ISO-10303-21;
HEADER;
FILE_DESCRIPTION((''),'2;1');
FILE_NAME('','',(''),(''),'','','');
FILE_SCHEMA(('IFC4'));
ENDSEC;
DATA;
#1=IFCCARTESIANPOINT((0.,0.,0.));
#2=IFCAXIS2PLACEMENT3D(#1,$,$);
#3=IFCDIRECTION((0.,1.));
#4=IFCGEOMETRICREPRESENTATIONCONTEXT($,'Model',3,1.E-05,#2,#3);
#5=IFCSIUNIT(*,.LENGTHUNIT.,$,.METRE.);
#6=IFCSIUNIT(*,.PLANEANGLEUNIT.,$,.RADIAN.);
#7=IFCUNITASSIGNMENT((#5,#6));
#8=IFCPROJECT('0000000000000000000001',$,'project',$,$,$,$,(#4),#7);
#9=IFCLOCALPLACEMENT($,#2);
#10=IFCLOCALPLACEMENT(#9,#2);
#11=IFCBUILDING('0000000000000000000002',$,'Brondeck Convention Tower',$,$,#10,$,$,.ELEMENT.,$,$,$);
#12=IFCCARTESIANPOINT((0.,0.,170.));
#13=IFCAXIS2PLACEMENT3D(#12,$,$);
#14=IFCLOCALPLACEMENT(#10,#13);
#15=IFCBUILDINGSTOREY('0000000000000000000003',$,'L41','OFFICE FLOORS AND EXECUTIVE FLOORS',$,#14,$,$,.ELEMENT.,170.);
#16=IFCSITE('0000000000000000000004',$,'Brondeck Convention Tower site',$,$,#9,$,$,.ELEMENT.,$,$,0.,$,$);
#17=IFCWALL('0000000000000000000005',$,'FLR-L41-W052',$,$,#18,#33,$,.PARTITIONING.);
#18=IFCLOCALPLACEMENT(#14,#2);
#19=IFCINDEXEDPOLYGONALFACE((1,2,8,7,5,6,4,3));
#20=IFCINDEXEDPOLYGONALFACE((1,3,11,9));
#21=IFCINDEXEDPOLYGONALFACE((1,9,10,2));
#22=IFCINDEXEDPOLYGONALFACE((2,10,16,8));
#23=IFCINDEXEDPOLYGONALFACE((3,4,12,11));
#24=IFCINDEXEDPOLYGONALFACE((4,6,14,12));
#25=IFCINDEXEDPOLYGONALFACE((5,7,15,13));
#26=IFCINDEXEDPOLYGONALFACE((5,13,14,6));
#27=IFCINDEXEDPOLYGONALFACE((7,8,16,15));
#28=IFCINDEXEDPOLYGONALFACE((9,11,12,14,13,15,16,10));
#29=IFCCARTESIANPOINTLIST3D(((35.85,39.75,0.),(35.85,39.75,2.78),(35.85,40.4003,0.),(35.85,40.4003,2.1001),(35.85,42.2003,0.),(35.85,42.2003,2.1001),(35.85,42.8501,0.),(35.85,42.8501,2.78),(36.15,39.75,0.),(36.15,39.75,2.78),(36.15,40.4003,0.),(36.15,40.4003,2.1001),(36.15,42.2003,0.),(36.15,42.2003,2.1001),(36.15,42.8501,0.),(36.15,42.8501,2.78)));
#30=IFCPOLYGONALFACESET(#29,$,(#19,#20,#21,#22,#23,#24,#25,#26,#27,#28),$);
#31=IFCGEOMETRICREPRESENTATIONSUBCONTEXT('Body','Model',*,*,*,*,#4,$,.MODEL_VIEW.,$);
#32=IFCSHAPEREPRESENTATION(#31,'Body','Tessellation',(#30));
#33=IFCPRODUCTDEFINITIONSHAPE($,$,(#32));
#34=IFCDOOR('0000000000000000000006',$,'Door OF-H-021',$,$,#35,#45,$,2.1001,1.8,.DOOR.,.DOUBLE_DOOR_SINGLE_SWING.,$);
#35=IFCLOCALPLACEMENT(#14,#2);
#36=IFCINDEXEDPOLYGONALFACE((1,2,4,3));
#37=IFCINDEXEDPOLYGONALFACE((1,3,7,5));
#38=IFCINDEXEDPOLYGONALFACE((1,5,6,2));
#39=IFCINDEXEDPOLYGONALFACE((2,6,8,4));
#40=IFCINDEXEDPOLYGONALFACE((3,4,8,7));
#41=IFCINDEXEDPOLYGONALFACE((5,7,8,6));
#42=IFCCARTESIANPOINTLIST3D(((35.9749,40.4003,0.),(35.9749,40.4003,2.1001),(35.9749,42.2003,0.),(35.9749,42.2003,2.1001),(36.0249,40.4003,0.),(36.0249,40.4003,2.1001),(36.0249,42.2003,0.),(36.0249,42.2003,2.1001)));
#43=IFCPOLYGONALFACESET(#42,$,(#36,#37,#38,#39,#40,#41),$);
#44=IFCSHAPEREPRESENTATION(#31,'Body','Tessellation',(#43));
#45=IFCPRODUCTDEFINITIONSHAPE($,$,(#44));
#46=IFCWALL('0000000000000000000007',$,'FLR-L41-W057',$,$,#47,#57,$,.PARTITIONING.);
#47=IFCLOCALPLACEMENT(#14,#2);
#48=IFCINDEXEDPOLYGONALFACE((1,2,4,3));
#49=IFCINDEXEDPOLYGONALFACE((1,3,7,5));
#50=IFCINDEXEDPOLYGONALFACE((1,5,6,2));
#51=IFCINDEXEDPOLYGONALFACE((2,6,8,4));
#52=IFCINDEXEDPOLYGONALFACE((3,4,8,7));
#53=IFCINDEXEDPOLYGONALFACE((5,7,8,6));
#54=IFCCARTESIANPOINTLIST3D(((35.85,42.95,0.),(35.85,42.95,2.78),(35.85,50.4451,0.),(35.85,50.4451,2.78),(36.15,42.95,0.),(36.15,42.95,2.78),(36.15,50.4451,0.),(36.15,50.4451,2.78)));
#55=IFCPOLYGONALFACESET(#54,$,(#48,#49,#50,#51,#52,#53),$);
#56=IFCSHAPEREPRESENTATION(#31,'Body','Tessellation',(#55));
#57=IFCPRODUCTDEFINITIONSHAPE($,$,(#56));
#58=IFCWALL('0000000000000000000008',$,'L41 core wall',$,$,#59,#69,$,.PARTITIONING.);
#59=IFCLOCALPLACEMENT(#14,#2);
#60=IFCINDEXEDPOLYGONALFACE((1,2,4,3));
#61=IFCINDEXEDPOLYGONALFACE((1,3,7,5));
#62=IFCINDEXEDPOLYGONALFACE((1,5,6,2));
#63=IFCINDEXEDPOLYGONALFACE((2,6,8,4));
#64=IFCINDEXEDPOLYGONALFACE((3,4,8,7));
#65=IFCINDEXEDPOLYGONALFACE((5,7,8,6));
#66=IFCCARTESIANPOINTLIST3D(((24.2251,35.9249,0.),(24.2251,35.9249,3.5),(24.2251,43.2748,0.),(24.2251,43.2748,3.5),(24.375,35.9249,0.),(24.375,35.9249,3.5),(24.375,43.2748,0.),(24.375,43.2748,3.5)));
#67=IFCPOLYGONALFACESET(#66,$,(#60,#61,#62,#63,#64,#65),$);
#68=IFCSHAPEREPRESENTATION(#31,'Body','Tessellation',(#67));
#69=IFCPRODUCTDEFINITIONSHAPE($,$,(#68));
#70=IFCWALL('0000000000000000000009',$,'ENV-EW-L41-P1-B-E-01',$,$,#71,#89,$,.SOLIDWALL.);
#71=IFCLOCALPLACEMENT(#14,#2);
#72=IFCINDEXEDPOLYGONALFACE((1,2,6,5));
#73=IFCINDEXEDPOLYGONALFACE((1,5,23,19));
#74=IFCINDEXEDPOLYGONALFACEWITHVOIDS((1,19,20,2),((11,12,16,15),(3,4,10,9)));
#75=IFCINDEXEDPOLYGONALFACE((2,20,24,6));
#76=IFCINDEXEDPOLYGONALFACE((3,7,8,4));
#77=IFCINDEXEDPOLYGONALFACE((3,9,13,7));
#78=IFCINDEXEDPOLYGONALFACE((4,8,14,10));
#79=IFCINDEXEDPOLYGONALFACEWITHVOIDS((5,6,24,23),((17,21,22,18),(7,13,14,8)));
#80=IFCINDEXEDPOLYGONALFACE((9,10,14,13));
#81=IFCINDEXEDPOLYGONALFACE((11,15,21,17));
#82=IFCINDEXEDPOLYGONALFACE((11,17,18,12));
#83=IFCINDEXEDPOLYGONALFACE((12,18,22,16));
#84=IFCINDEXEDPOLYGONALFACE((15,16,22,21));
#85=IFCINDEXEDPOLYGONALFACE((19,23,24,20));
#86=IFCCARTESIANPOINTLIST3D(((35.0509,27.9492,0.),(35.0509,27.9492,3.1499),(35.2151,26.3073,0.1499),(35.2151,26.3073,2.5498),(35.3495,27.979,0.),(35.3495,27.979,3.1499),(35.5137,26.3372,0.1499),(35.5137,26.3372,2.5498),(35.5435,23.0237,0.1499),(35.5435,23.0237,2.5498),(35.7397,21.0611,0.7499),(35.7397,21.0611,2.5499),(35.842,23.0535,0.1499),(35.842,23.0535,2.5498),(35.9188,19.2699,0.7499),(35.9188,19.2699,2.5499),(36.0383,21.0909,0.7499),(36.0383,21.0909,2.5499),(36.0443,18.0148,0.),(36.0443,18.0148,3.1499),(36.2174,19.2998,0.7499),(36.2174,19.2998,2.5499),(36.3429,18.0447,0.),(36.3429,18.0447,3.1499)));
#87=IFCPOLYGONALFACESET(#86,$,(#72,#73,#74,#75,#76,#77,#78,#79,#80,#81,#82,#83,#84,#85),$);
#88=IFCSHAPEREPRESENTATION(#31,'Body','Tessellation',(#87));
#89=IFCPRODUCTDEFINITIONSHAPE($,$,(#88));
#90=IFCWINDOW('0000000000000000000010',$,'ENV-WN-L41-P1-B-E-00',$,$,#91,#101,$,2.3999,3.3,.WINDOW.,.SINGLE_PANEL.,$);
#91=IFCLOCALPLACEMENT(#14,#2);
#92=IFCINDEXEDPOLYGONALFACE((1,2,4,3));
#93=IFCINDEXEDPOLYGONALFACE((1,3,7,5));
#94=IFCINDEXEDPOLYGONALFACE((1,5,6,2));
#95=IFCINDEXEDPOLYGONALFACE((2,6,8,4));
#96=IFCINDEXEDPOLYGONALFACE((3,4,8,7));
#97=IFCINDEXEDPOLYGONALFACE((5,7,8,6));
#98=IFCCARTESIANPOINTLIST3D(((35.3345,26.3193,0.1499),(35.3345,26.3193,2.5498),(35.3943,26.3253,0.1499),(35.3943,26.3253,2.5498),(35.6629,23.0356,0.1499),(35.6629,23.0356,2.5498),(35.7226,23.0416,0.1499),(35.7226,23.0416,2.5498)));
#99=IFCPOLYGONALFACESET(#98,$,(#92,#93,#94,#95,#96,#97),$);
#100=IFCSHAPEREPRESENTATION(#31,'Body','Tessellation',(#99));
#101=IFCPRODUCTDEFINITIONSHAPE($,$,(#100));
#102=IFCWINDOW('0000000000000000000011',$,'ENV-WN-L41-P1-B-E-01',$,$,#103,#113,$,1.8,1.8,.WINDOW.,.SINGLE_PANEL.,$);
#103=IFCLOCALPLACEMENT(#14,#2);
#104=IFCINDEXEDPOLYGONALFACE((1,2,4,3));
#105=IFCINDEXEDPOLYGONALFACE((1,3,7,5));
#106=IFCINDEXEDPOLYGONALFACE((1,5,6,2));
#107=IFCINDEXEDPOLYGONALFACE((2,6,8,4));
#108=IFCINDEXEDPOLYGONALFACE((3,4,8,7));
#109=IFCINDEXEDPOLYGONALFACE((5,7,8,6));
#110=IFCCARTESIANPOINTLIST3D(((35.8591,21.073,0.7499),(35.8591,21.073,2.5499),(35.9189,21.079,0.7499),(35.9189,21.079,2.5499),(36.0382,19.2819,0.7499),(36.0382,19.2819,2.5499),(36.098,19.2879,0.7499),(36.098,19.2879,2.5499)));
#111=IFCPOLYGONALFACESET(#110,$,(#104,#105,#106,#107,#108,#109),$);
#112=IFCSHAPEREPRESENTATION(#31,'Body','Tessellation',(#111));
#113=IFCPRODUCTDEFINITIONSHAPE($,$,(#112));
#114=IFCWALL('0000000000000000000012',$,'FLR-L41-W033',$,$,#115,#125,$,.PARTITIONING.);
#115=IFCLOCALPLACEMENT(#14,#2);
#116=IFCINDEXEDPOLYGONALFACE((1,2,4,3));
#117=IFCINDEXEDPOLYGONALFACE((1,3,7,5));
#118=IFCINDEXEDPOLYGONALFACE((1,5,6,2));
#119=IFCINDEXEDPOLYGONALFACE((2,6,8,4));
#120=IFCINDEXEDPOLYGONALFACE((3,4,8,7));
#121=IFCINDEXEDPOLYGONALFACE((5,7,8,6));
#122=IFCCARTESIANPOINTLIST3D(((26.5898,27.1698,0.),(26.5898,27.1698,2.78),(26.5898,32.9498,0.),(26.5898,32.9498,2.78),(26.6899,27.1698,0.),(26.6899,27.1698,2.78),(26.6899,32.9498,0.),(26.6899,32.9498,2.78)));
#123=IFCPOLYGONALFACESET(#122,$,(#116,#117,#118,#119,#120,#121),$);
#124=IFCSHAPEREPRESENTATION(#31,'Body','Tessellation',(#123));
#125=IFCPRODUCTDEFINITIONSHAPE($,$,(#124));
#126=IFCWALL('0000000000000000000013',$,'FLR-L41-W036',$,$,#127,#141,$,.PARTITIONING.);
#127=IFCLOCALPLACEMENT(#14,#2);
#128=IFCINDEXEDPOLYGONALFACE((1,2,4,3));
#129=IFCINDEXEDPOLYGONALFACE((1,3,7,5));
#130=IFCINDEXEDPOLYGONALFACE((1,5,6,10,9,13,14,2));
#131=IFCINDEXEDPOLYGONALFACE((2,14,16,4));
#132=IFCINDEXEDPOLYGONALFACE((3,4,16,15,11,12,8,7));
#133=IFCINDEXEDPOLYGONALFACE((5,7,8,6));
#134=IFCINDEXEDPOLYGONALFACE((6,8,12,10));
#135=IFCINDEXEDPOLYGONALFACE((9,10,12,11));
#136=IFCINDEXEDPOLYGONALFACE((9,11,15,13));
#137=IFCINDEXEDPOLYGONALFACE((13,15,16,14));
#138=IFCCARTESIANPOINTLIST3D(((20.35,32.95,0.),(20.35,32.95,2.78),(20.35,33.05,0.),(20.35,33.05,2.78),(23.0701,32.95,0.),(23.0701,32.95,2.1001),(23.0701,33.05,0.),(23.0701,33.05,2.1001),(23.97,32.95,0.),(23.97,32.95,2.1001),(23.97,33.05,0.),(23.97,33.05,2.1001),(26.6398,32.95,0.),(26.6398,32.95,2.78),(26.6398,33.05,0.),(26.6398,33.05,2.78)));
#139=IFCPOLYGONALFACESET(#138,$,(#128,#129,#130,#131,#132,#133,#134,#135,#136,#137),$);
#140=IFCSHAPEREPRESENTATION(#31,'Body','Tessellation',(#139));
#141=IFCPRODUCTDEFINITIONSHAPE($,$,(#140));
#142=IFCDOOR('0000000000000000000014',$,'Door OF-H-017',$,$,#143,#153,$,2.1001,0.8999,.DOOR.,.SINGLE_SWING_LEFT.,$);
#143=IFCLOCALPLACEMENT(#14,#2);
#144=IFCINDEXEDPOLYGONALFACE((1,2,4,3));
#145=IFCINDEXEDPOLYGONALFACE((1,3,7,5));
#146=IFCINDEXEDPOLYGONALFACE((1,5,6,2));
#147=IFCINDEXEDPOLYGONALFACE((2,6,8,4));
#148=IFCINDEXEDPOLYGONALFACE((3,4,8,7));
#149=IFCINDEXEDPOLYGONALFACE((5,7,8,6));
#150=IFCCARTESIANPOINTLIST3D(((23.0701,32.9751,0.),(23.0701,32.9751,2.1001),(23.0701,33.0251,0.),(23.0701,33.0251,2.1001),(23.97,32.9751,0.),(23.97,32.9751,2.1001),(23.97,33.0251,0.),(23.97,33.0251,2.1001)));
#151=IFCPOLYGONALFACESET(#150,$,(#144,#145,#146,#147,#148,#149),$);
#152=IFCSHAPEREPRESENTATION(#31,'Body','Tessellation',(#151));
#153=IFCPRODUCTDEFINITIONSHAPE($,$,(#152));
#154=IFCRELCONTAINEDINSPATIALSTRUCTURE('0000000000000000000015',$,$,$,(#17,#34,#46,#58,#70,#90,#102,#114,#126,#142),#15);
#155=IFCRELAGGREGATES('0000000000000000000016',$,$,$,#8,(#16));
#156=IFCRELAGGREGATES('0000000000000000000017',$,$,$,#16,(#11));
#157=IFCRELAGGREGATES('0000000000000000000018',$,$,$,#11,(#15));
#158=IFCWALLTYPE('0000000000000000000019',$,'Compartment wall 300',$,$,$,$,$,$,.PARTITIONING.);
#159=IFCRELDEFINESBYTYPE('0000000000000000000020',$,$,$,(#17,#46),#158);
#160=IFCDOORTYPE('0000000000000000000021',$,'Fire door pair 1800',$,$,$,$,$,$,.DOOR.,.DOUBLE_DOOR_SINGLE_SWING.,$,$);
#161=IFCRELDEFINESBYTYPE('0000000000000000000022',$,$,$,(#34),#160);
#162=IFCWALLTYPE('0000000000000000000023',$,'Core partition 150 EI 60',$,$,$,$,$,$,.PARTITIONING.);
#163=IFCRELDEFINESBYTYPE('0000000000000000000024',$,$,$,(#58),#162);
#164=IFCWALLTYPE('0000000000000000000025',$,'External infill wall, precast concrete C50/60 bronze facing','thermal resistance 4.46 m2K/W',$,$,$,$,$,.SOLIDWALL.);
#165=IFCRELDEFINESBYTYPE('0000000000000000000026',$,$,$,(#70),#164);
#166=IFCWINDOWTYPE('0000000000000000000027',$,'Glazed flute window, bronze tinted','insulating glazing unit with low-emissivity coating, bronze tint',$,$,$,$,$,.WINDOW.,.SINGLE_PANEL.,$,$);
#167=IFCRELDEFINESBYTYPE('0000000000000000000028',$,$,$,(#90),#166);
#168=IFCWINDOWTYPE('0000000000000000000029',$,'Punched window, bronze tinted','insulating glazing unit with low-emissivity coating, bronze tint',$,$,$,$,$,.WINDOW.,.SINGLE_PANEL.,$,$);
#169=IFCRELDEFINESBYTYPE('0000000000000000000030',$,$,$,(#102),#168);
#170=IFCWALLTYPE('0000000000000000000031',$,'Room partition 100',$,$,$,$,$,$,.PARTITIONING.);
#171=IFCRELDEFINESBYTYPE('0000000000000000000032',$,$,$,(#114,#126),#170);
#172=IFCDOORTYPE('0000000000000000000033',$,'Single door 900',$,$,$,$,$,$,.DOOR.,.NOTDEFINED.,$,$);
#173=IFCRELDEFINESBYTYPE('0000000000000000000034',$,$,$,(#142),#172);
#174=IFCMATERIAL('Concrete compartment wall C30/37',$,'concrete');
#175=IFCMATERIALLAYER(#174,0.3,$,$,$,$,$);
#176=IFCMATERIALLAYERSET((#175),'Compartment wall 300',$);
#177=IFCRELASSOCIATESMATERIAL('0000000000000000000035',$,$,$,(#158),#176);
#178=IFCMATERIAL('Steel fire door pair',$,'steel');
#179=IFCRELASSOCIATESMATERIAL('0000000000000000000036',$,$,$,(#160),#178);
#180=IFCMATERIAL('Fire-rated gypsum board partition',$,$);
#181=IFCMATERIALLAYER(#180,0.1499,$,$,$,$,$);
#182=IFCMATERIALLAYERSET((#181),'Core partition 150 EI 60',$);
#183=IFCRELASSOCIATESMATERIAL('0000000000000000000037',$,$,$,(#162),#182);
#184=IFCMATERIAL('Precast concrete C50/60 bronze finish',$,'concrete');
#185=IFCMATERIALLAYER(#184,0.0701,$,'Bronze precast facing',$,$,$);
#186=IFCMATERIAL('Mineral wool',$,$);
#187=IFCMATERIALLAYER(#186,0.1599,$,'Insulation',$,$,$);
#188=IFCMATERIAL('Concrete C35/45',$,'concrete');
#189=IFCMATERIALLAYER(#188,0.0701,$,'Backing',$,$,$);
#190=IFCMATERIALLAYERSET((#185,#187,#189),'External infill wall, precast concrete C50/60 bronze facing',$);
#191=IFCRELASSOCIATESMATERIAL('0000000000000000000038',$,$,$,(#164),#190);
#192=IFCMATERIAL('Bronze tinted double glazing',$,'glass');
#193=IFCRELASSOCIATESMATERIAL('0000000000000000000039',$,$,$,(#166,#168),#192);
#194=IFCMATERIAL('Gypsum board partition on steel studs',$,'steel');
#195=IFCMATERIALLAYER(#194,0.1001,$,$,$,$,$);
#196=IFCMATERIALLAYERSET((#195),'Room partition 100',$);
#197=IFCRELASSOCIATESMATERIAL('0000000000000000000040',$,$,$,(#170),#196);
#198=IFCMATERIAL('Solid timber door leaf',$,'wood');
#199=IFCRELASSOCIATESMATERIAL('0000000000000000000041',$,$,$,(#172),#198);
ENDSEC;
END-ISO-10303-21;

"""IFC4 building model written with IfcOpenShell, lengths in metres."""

from ifc_helpers import new_model, si_unit, direction, frame, frame_2d, origin, place, context, subcontext, project, spatial, rectangle, extrude, material, layer, layer_set, type_object, element, fill, save


model = new_model("IFC4")

# Units and contexts
model_context = context("Model", 3, precision=1e-05, world=origin(), true_north=direction((0.0, 1.0)))
body_context = subcontext(model_context, "Body", "Model", "MODEL_VIEW")
ifc_project = project(units=[si_unit("LENGTHUNIT", "METRE"), si_unit("PLANEANGLEUNIT", "RADIAN")], contexts=[model_context])

# Site, building, storey
site_placement = place(None, origin())
site = spatial("IfcSite", under=ifc_project, at=site_placement, Name="Brondeck Convention Tower site", CompositionType="ELEMENT", RefElevation=0.0)
building_placement = place(site_placement, origin())
building = spatial("IfcBuilding", under=site, at=building_placement, Name="Brondeck Convention Tower", CompositionType="ELEMENT")
storey_placement = place(building_placement, frame((0.0, 0.0, 170.0)))
storey = spatial("IfcBuildingStorey", under=building, at=storey_placement, Name="L41", Description="OFFICE FLOORS AND EXECUTIVE FLOORS", CompositionType="ELEMENT", Elevation=170.0)

# Shared definitions
ifc_material_1 = material(Name="Concrete compartment wall C30/37", Category="concrete")
ifc_layer_1 = layer(ifc_material_1, 0.3)
ifc_layer_set_1 = layer_set([ifc_layer_1], Name="Compartment wall 300")
wall_type_1 = type_object("IfcWallType", Name="Compartment wall 300", PredefinedType="PARTITIONING", material=ifc_layer_set_1)

# Wall, opening, door
wall_1_placement = place(storey_placement, frame((36.0, 42.8501, 0.0), z_axis=(0.0, 0.0, 1.0), x_axis=(0.0, -1.0, 0.0)))
wall_1 = element("IfcWall", 1, at=wall_1_placement, inside=storey, type_object=wall_type_1, Name="FLR-L41-W052", PredefinedType="PARTITIONING", context=body_context, shape_type="SweptSolid", body=[
    extrude(rectangle(XDim=3.1001, YDim=0.3, at=frame_2d((1.55, 0.0))), origin(), (0.0, 0.0, 1.0), 2.78),
])
opening_1_placement = place(wall_1_placement, frame((0.6499, 0.0, 0.0)))
opening_1 = element("IfcOpeningElement", 2, at=opening_1_placement, cuts=wall_1, PredefinedType="OPENING", context=body_context, shape_type="SweptSolid", body=[
    extrude(rectangle(XDim=1.8, YDim=2.1001, at=frame_2d((0.8999, 1.05))), frame((0.0, 0.1599, 0.0), z_axis=(0.0, -1.0, 0.0), x_axis=(1.0, 0.0, 0.0)), (0.0, 0.0, 1.0), 0.3201),
])
ifc_material_2 = material(Name="Steel fire door pair", Category="steel")
door_type_1 = type_object("IfcDoorType", Name="Fire door pair 1800", OperationType="DOUBLE_DOOR_SINGLE_SWING", PredefinedType="DOOR", material=ifc_material_2)
door_1_placement = place(opening_1_placement, origin())
door_1 = element("IfcDoor", 3, at=door_1_placement, inside=storey, type_object=door_type_1, Name="Door OF-H-021", OperationType="DOUBLE_DOOR_SINGLE_SWING", OverallHeight=2.1001, OverallWidth=1.8, PredefinedType="DOOR", context=body_context, shape_type="SweptSolid", body=[
    extrude(rectangle(XDim=1.8, YDim=2.1001, at=frame_2d((0.8999, 1.05))), frame((0.0, 0.0249, 0.0), z_axis=(0.0, -1.0, 0.0), x_axis=(1.0, 0.0, 0.0)), (0.0, 0.0, 1.0), 0.05),
])
fill(opening_1, door_1)

# Walls
wall_2_placement = place(storey_placement, frame((36.0, 42.95, 0.0), z_axis=(0.0, 0.0, 1.0), x_axis=(0.0, 1.0, 0.0)))
element("IfcWall", 4, at=wall_2_placement, inside=storey, type_object=wall_type_1, Name="FLR-L41-W057", PredefinedType="PARTITIONING", context=body_context, shape_type="SweptSolid", body=[
    extrude(rectangle(XDim=7.4951, YDim=0.3, at=frame_2d((3.7476, 0.0))), origin(), (0.0, 0.0, 1.0), 2.78),
])
ifc_material_3 = material(Name="Fire-rated gypsum board partition")
ifc_layer_2 = layer(ifc_material_3, 0.1499)
ifc_layer_set_2 = layer_set([ifc_layer_2], Name="Core partition 150 EI 60")
wall_type_2 = type_object("IfcWallType", Name="Core partition 150 EI 60", PredefinedType="PARTITIONING", material=ifc_layer_set_2)
wall_3_placement = place(storey_placement, frame((24.3, 35.925, 0.0), z_axis=(0.0, 0.0, 1.0), x_axis=(0.0, 1.0, 0.0)))
element("IfcWall", 5, at=wall_3_placement, inside=storey, type_object=wall_type_2, Name="L41 core wall", PredefinedType="PARTITIONING", context=body_context, shape_type="SweptSolid", body=[
    extrude(rectangle(XDim=7.3499, YDim=0.1499, at=frame_2d((3.6748, 0.0))), origin(), (0.0, 0.0, 1.0), 3.5),
])

# Wall, openings, windows
ifc_material_4 = material(Name="Precast concrete C50/60 bronze finish", Category="concrete")
ifc_layer_3 = layer(ifc_material_4, 0.0701, Name="Bronze precast facing")
ifc_material_5 = material(Name="Mineral wool")
ifc_layer_4 = layer(ifc_material_5, 0.1599, Name="Insulation")
ifc_material_6 = material(Name="Concrete C35/45", Category="concrete")
ifc_layer_5 = layer(ifc_material_6, 0.0701, Name="Backing")
ifc_layer_set_3 = layer_set([ifc_layer_3, ifc_layer_4, ifc_layer_5], Name="External infill wall, precast concrete C50/60 bronze facing")
wall_type_3 = type_object("IfcWallType", Name="External infill wall, precast concrete C50/60 bronze facing", Description="thermal resistance 4.46 m2K/W", PredefinedType="SOLIDWALL", material=ifc_layer_set_3)
wall_4_placement = place(storey_placement, frame((35.2002, 27.9641, 0.0), z_axis=(0.0, 0.0, 1.0), x_axis=(0.099501, -0.995037, 0.0)))
wall_4 = element("IfcWall", 6, at=wall_4_placement, inside=storey, type_object=wall_type_3, Name="ENV-EW-L41-P1-B-E-01", PredefinedType="SOLIDWALL", context=body_context, shape_type="SweptSolid", body=[
    extrude(rectangle(XDim=9.9839, YDim=0.3, at=frame_2d((4.9919, 0.0))), origin(), (0.0, 0.0, 1.0), 3.1499),
])
opening_2_placement = place(wall_4_placement, frame((1.6501, 0.0, 0.1499)))
opening_2 = element("IfcOpeningElement", 7, at=opening_2_placement, cuts=wall_4, PredefinedType="OPENING", context=body_context, shape_type="SweptSolid", body=[
    extrude(rectangle(XDim=3.3, YDim=2.3999, at=frame_2d((1.6499, 1.2))), frame((0.0, 0.1599, 0.0), z_axis=(0.0, -1.0, 0.0), x_axis=(1.0, 0.0, 0.0)), (0.0, 0.0, 1.0), 0.3201),
])
opening_3_placement = place(wall_4_placement, frame((6.9226, 0.0, 0.75)))
opening_3 = element("IfcOpeningElement", 8, at=opening_3_placement, cuts=wall_4, PredefinedType="OPENING", context=body_context, shape_type="SweptSolid", body=[
    extrude(rectangle(XDim=1.8, YDim=1.8, at=frame_2d((0.8999, 0.8999))), frame((0.0, 0.1599, 0.0), z_axis=(0.0, -1.0, 0.0), x_axis=(1.0, 0.0, 0.0)), (0.0, 0.0, 1.0), 0.3201),
])
ifc_material_7 = material(Name="Bronze tinted double glazing", Category="glass")
window_type_1 = type_object("IfcWindowType", Name="Glazed flute window, bronze tinted", Description="insulating glazing unit with low-emissivity coating, bronze tint", PartitioningType="SINGLE_PANEL", PredefinedType="WINDOW", material=ifc_material_7)
window_1_placement = place(opening_2_placement, origin())
window_1 = element("IfcWindow", 9, at=window_1_placement, inside=storey, type_object=window_type_1, Name="ENV-WN-L41-P1-B-E-00", OverallHeight=2.3999, OverallWidth=3.3, PartitioningType="SINGLE_PANEL", PredefinedType="WINDOW", context=body_context, shape_type="SweptSolid", body=[
    extrude(rectangle(XDim=3.3, YDim=2.3999, at=frame_2d((1.6499, 1.2))), frame((0.0, 0.03, 0.0), z_axis=(0.0, -1.0, 0.0), x_axis=(1.0, 0.0, 0.0)), (0.0, 0.0, 1.0), 0.0601),
])
fill(opening_2, window_1)
window_type_2 = type_object("IfcWindowType", Name="Punched window, bronze tinted", Description="insulating glazing unit with low-emissivity coating, bronze tint", PartitioningType="SINGLE_PANEL", PredefinedType="WINDOW", material=ifc_material_7)
window_2_placement = place(opening_3_placement, origin())
window_2 = element("IfcWindow", 10, at=window_2_placement, inside=storey, type_object=window_type_2, Name="ENV-WN-L41-P1-B-E-01", OverallHeight=1.8, OverallWidth=1.8, PartitioningType="SINGLE_PANEL", PredefinedType="WINDOW", context=body_context, shape_type="SweptSolid", body=[
    extrude(rectangle(XDim=1.8, YDim=1.8, at=frame_2d((0.8999, 0.8999))), frame((0.0, 0.03, 0.0), z_axis=(0.0, -1.0, 0.0), x_axis=(1.0, 0.0, 0.0)), (0.0, 0.0, 1.0), 0.0601),
])
fill(opening_3, window_2)

# Wall
ifc_material_8 = material(Name="Gypsum board partition on steel studs", Category="steel")
ifc_layer_6 = layer(ifc_material_8, 0.1001)
ifc_layer_set_4 = layer_set([ifc_layer_6], Name="Room partition 100")
wall_type_4 = type_object("IfcWallType", Name="Room partition 100", PredefinedType="PARTITIONING", material=ifc_layer_set_4)
wall_5_placement = place(storey_placement, frame((26.6399, 32.95, 0.0), z_axis=(0.0, 0.0, 1.0), x_axis=(0.0, -1.0, 0.0)))
element("IfcWall", 11, at=wall_5_placement, inside=storey, type_object=wall_type_4, Name="FLR-L41-W033", PredefinedType="PARTITIONING", context=body_context, shape_type="SweptSolid", body=[
    extrude(rectangle(XDim=5.78, YDim=0.1001, at=frame_2d((2.8901, 0.0))), origin(), (0.0, 0.0, 1.0), 2.78),
])

# Wall, opening, door
wall_6_placement = place(storey_placement, frame((26.6399, 33.0, 0.0), z_axis=(0.0, 0.0, 1.0), x_axis=(-1.0, 0.0, 0.0)))
wall_6 = element("IfcWall", 12, at=wall_6_placement, inside=storey, type_object=wall_type_4, Name="FLR-L41-W036", PredefinedType="PARTITIONING", context=body_context, shape_type="SweptSolid", body=[
    extrude(rectangle(XDim=6.2898, YDim=0.1001, at=frame_2d((3.145, 0.0))), origin(), (0.0, 0.0, 1.0), 2.78),
])
opening_4_placement = place(wall_6_placement, frame((2.6699, 0.0, 0.0)))
opening_4 = element("IfcOpeningElement", 13, at=opening_4_placement, cuts=wall_6, PredefinedType="OPENING", context=body_context, shape_type="SweptSolid", body=[
    extrude(rectangle(XDim=0.8999, YDim=2.1001, at=frame_2d((0.45, 1.05))), frame((0.0, 0.0601, 0.0), z_axis=(0.0, -1.0, 0.0), x_axis=(1.0, 0.0, 0.0)), (0.0, 0.0, 1.0), 0.1201),
])
ifc_material_9 = material(Name="Solid timber door leaf", Category="wood")
door_type_2 = type_object("IfcDoorType", Name="Single door 900", OperationType="NOTDEFINED", PredefinedType="DOOR", material=ifc_material_9)
door_2_placement = place(opening_4_placement, origin())
door_2 = element("IfcDoor", 14, at=door_2_placement, inside=storey, type_object=door_type_2, Name="Door OF-H-017", OperationType="SINGLE_SWING_LEFT", OverallHeight=2.1001, OverallWidth=0.8999, PredefinedType="DOOR", context=body_context, shape_type="SweptSolid", body=[
    extrude(rectangle(XDim=0.8999, YDim=2.1001, at=frame_2d((0.45, 1.05))), frame((0.0, 0.0249, 0.0), z_axis=(0.0, -1.0, 0.0), x_axis=(1.0, 0.0, 0.0)), (0.0, 0.0, 1.0), 0.05),
])
fill(opening_4, door_2)

save(model, "model.ifc")
